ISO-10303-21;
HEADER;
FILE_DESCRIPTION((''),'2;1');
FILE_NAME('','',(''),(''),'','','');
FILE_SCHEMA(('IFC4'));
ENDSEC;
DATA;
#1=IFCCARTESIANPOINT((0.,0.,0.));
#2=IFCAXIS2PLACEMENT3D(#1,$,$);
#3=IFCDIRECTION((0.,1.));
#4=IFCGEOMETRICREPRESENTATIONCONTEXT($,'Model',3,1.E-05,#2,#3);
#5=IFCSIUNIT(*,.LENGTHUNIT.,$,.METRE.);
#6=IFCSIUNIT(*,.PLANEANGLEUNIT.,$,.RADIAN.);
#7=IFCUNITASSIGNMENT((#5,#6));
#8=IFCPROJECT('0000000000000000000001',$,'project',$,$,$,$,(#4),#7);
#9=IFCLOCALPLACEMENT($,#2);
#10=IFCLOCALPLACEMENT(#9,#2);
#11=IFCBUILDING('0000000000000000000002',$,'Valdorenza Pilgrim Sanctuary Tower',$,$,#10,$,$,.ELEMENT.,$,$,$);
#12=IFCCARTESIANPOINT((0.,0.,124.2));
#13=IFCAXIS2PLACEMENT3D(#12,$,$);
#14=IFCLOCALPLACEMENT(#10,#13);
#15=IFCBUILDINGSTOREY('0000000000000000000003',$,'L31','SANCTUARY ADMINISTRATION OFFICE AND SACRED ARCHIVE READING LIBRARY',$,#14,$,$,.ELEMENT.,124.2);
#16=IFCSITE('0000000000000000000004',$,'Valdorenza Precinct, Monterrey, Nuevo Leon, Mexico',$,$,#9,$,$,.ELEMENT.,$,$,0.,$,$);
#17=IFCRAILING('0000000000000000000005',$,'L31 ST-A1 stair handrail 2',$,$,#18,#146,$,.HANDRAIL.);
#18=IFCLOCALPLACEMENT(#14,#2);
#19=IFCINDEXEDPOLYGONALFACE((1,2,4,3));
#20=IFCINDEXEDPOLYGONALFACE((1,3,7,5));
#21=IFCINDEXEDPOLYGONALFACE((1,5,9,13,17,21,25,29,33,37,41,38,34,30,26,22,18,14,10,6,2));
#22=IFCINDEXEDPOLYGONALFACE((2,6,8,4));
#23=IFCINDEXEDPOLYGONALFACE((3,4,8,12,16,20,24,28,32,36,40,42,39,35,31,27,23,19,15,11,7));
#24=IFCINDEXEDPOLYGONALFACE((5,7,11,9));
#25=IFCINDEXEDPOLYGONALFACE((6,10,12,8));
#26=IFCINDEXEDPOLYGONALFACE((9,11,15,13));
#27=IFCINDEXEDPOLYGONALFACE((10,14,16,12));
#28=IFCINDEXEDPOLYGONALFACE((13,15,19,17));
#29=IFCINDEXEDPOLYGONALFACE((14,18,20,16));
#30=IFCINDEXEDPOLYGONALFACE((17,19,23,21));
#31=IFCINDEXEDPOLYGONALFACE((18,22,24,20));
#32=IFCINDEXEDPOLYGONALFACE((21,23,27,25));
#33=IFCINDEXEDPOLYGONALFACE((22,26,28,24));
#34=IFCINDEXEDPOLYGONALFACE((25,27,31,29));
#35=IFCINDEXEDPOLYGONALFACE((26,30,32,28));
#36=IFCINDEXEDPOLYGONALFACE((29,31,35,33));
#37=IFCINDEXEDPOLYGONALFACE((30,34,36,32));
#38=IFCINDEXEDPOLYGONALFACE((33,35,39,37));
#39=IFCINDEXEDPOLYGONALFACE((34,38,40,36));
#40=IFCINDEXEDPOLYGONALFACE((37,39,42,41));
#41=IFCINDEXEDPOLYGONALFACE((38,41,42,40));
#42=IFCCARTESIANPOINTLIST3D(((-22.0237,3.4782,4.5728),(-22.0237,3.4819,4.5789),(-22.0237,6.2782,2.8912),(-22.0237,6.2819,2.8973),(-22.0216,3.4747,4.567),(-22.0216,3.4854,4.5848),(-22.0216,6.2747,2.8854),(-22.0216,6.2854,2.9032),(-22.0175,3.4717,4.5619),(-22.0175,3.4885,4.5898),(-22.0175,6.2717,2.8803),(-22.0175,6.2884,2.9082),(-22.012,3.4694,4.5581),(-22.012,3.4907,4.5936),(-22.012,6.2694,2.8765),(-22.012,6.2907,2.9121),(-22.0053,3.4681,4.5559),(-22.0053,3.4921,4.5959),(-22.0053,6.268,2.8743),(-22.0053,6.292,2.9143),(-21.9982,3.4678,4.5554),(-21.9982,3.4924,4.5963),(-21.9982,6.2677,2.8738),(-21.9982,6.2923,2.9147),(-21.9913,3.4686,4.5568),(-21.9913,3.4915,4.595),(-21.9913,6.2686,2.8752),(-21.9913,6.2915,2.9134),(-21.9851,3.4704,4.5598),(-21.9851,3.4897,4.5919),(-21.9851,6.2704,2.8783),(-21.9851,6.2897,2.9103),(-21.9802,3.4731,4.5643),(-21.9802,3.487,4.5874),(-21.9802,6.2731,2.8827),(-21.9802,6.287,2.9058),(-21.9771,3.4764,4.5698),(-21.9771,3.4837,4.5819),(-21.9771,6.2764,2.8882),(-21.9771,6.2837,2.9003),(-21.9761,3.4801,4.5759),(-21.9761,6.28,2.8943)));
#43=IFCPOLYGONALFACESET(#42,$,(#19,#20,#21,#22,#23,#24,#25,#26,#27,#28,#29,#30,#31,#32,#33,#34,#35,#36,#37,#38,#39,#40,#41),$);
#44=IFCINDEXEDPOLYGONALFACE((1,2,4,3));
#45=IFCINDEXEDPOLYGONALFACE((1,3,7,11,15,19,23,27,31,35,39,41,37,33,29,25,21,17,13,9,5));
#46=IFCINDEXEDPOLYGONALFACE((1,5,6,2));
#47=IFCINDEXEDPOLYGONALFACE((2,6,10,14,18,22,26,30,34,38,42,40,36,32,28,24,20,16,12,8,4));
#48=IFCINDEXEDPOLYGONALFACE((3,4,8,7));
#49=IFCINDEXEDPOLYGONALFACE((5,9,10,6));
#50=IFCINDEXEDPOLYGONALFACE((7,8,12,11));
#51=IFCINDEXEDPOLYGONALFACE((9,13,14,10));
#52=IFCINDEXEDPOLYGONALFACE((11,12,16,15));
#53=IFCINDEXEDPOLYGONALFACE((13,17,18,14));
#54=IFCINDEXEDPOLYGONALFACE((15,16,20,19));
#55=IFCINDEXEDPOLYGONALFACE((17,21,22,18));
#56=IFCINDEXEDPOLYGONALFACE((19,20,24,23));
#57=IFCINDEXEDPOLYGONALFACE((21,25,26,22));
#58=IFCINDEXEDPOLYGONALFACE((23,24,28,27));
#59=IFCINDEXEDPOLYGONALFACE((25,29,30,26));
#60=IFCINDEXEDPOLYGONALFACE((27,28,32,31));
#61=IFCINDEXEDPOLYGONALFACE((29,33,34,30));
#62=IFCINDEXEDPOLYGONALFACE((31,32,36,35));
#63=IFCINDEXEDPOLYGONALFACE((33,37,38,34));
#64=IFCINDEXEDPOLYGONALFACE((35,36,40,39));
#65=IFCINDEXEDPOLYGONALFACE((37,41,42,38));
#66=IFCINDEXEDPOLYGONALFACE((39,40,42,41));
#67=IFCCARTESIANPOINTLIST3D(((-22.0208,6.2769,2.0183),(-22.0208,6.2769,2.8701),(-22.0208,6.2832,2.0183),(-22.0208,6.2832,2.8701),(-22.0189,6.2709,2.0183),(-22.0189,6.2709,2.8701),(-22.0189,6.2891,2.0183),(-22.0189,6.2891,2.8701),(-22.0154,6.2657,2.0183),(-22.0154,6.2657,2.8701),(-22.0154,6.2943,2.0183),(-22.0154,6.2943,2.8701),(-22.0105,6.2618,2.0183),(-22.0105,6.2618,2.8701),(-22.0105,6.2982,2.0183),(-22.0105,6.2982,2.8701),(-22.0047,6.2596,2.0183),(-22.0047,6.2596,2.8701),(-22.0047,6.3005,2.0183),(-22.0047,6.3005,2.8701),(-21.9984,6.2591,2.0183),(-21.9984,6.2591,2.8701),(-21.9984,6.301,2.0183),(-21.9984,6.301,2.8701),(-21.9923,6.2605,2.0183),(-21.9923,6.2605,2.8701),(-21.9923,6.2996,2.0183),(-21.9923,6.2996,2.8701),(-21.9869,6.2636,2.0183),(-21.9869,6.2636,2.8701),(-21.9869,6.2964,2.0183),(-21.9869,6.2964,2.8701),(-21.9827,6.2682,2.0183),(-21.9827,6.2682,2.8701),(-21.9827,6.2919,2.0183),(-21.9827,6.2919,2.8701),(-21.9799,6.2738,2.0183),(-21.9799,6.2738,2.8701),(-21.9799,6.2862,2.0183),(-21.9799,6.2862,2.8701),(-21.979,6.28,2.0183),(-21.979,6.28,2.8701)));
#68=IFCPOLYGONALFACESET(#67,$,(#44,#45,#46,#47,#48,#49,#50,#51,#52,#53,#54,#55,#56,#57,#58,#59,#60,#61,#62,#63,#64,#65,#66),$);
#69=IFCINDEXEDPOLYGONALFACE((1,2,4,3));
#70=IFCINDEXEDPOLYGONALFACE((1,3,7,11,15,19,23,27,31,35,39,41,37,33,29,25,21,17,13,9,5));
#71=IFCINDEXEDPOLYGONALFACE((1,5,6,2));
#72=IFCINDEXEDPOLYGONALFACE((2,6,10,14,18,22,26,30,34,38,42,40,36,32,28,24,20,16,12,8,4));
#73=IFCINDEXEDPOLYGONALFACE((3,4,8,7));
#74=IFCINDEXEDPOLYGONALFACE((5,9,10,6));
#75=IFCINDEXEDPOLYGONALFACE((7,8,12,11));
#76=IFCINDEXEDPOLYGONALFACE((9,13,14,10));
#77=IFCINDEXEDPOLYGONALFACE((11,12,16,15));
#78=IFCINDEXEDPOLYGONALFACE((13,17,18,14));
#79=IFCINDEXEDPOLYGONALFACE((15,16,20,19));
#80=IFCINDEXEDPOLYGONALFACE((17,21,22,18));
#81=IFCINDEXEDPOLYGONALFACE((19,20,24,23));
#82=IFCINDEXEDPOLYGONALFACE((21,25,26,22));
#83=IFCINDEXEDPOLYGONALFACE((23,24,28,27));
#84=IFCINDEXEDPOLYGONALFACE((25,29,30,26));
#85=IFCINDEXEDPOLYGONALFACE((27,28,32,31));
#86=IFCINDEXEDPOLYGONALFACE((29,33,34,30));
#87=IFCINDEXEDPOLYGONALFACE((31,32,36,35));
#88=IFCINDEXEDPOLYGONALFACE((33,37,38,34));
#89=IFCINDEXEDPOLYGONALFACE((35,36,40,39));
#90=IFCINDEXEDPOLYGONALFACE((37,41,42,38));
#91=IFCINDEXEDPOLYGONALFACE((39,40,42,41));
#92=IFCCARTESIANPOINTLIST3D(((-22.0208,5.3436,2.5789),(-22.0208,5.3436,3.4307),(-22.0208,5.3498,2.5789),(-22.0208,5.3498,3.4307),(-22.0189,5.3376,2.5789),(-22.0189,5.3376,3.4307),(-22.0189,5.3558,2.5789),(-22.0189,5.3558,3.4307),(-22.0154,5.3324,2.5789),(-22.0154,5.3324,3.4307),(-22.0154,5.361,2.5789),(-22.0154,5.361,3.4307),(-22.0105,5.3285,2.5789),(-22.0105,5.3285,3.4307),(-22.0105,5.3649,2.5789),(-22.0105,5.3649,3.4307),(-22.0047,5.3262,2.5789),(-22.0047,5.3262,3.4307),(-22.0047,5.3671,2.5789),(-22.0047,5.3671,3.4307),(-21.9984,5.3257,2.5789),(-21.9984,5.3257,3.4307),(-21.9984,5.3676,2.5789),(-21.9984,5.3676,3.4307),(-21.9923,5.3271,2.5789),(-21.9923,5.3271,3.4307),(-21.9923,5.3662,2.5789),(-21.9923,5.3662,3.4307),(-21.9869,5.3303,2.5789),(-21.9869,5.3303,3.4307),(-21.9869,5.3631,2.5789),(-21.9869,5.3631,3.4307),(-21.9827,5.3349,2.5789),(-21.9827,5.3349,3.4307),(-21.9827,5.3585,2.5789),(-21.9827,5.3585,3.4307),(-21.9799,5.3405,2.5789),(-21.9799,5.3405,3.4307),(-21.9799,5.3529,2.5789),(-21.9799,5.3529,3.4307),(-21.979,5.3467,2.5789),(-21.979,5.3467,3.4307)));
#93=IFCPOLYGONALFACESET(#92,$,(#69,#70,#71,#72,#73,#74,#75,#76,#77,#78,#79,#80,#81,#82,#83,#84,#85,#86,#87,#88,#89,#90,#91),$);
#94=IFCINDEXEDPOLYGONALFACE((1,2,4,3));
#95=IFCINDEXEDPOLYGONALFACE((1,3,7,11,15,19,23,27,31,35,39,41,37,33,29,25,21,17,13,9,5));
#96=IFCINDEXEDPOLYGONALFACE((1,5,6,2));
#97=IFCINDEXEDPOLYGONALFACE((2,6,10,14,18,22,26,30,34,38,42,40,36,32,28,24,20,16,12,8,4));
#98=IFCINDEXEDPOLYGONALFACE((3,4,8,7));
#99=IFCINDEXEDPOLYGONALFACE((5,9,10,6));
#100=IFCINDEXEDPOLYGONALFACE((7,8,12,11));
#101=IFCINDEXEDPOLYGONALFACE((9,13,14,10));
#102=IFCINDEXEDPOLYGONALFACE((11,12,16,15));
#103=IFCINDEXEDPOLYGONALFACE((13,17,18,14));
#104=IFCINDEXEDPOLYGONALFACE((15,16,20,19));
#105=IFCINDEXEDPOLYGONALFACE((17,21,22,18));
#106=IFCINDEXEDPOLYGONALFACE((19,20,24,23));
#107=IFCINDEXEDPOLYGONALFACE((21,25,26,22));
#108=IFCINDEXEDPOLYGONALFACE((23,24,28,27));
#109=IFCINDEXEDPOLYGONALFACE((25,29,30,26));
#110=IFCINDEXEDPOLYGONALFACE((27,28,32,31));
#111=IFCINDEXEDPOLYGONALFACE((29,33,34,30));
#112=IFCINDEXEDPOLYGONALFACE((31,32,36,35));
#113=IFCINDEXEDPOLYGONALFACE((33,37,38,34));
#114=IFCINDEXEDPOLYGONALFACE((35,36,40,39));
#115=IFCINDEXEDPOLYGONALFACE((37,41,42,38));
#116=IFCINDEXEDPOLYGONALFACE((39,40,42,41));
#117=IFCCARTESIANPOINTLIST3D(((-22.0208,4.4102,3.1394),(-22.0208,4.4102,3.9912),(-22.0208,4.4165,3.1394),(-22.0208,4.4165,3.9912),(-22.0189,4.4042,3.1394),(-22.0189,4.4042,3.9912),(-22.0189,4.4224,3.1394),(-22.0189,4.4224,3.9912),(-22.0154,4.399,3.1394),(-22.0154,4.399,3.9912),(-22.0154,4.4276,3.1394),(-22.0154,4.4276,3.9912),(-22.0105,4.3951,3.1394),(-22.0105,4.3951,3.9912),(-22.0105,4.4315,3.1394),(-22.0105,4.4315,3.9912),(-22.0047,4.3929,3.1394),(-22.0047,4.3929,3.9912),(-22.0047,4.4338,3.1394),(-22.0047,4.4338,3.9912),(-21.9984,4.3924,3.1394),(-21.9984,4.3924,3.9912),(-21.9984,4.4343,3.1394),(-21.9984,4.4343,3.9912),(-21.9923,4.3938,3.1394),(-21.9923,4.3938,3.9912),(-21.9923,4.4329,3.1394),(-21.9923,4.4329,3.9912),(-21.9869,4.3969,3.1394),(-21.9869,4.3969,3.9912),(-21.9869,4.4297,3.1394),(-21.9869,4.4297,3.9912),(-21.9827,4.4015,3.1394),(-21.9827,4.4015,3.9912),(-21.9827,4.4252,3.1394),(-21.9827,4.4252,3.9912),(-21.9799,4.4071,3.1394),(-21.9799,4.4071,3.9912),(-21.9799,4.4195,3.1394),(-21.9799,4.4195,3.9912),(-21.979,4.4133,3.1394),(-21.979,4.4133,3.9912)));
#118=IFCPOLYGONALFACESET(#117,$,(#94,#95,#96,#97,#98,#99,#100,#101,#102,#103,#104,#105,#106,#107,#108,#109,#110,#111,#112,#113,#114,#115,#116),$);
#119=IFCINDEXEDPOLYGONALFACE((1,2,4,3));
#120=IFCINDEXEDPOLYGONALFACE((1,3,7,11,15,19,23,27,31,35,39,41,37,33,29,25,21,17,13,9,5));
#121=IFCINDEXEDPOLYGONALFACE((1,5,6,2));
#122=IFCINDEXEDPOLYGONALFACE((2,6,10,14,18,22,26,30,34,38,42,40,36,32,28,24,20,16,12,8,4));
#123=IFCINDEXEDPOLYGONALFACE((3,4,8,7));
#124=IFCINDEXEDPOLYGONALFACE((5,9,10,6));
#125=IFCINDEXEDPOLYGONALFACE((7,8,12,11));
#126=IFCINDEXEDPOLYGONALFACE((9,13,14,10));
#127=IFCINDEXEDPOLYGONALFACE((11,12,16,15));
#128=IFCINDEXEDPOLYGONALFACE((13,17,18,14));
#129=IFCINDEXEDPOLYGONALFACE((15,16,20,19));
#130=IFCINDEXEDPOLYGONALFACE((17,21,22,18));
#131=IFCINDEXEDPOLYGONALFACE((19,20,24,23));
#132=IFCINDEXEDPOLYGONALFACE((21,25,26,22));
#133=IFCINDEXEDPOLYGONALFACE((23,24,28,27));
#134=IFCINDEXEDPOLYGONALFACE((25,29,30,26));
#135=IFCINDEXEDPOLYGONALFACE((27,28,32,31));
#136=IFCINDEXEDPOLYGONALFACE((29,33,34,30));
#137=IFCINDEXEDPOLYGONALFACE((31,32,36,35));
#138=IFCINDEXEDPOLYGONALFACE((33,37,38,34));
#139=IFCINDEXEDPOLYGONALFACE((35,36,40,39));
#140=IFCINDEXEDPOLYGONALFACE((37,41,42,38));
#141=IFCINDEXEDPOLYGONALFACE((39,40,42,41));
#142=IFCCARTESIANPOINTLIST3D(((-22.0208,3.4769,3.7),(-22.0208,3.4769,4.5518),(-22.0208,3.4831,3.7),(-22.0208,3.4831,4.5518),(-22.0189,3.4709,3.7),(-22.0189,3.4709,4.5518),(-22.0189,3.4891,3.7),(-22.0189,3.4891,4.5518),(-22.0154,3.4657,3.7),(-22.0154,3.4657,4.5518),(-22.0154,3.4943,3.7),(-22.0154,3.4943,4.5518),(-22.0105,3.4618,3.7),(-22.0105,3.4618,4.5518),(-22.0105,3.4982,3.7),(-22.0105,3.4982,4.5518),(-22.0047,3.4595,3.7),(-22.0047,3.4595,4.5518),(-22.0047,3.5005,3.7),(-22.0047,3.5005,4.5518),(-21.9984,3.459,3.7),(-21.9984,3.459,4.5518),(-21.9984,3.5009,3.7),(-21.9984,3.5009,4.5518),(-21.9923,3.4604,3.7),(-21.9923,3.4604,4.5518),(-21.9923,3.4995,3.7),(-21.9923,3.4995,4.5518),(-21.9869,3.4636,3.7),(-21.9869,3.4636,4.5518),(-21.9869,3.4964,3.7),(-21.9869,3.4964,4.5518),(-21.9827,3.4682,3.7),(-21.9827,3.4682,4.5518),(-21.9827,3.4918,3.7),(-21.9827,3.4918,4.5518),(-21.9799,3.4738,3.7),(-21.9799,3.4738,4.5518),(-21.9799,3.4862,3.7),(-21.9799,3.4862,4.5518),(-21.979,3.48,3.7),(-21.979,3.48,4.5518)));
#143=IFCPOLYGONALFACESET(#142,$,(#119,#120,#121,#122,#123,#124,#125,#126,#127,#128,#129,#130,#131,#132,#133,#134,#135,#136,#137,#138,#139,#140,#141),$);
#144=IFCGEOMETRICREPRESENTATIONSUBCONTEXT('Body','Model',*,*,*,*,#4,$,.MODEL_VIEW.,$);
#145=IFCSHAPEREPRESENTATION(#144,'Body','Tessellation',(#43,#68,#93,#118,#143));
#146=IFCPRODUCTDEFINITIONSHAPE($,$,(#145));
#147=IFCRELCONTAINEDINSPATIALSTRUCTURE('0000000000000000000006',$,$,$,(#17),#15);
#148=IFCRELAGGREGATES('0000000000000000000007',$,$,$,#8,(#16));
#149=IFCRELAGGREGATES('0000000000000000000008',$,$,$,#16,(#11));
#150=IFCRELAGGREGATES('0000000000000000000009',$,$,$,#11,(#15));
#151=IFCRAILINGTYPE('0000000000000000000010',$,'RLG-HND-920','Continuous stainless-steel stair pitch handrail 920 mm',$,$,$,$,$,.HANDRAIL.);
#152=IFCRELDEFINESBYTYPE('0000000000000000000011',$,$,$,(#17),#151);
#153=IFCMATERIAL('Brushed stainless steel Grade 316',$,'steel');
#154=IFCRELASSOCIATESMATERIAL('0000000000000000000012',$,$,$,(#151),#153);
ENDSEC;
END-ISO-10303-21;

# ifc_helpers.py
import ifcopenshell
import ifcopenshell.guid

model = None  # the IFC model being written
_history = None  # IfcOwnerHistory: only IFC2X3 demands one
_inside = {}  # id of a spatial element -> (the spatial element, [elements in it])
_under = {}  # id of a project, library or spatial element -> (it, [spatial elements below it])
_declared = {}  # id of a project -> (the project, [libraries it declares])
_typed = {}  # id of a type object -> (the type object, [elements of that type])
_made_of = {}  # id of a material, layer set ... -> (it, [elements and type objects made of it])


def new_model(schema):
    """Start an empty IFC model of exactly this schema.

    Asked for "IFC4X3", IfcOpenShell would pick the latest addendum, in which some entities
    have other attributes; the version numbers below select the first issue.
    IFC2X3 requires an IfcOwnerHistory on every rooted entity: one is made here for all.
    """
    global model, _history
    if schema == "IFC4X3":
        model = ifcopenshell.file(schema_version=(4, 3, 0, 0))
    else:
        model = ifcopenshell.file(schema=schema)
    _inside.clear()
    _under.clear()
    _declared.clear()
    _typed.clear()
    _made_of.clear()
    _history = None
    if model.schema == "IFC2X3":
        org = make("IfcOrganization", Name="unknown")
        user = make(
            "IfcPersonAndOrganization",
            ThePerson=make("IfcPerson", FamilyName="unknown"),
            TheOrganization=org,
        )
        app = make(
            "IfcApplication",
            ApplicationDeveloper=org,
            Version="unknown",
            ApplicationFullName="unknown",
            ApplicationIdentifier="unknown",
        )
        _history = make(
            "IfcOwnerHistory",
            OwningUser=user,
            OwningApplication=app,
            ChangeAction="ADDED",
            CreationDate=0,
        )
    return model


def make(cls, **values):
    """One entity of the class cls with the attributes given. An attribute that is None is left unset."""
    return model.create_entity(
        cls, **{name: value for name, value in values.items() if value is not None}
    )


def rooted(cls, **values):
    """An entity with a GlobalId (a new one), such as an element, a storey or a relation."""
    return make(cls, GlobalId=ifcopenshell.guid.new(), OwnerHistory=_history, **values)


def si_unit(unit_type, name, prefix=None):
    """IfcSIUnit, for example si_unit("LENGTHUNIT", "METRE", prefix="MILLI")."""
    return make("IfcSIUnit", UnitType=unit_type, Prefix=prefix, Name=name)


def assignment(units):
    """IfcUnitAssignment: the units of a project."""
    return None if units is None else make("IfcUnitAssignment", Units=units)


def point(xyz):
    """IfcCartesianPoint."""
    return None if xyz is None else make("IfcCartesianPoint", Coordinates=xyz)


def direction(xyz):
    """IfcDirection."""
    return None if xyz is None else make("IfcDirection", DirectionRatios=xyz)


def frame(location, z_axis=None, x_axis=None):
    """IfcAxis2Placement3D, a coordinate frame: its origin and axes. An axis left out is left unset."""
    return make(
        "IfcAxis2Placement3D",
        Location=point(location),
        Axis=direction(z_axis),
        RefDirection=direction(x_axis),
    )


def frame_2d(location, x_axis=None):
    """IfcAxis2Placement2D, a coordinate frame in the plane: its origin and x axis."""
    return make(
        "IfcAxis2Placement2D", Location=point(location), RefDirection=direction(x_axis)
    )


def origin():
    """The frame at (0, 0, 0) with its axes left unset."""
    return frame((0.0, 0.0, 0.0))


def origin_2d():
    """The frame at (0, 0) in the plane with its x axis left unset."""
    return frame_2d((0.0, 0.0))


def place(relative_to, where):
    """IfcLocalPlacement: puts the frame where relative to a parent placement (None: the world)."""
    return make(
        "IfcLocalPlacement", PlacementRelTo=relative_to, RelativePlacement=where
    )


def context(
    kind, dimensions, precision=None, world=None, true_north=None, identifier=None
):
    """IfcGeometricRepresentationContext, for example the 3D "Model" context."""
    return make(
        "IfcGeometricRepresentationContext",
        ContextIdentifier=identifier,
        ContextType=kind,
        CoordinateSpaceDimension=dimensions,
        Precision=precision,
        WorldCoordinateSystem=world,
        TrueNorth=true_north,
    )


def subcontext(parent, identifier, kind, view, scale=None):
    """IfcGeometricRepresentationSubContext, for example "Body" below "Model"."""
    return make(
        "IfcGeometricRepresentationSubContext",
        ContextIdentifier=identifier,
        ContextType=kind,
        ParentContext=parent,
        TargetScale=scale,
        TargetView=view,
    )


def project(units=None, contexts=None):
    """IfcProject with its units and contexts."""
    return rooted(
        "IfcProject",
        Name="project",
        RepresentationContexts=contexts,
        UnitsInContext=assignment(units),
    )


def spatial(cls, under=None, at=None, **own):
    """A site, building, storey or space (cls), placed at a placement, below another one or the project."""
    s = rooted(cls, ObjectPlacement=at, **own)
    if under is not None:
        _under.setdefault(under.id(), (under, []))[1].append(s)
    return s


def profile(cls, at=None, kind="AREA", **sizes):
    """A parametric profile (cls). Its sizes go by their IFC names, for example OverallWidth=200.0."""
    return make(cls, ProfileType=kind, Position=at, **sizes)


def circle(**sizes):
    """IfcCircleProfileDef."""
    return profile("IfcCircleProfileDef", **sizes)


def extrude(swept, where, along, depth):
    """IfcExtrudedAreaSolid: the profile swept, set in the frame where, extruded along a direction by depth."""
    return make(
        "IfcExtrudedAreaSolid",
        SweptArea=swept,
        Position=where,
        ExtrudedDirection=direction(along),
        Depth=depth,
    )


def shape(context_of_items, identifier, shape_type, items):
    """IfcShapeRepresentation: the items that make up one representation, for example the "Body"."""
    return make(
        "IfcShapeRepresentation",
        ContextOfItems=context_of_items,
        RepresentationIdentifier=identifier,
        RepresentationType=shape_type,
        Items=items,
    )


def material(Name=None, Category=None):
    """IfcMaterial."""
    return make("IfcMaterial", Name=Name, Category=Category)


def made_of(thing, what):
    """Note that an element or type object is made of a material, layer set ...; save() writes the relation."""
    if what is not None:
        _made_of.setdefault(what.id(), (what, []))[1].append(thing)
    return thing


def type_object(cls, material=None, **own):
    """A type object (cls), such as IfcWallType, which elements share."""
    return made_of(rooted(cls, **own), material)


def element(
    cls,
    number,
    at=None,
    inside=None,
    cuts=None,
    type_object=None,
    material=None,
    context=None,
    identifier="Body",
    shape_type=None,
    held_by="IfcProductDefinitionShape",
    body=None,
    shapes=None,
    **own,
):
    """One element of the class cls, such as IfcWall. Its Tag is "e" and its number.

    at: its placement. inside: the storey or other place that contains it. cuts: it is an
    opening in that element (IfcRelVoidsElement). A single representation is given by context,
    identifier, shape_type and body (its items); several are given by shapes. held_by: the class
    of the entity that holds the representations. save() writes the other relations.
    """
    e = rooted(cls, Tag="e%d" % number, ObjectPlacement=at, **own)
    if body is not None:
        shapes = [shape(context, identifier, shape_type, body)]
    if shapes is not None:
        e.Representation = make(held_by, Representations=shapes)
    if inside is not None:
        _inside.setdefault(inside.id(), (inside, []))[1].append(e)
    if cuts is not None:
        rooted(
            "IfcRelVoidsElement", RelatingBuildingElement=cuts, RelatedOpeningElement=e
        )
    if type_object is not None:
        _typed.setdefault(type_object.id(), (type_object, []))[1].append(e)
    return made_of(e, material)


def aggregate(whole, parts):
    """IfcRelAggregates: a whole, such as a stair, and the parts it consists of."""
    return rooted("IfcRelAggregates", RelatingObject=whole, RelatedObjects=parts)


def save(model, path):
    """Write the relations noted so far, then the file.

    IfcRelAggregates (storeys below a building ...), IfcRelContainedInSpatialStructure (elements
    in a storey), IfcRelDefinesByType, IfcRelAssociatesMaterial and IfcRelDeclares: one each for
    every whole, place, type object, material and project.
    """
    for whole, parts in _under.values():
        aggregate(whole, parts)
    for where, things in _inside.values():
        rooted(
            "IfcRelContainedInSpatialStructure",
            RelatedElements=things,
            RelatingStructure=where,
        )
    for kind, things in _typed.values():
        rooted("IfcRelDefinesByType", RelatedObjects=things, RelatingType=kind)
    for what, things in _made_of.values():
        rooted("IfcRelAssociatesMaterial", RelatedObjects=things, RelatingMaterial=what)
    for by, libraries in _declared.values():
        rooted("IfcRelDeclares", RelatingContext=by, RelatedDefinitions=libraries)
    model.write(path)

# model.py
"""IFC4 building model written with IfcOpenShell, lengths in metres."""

from ifc_helpers import new_model, si_unit, direction, frame, origin, origin_2d, place, context, subcontext, project, spatial, circle, extrude, material, type_object, element, save


model = new_model("IFC4")

# Units and contexts
model_context = context("Model", 3, precision=1e-05, world=origin(), true_north=direction((0.0, 1.0)))
body_context = subcontext(model_context, "Body", "Model", "MODEL_VIEW")
ifc_project = project(units=[si_unit("LENGTHUNIT", "METRE"), si_unit("PLANEANGLEUNIT", "RADIAN")], contexts=[model_context])

# Site, building, storey
site_placement = place(None, origin())
site = spatial("IfcSite", under=ifc_project, at=site_placement, Name="Valdorenza Precinct, Monterrey, Nuevo Leon, Mexico", CompositionType="ELEMENT", RefElevation=0.0)
building_placement = place(site_placement, origin())
building = spatial("IfcBuilding", under=site, at=building_placement, Name="Valdorenza Pilgrim Sanctuary Tower", CompositionType="ELEMENT")
storey_placement = place(building_placement, frame((0.0, 0.0, 124.2)))
storey = spatial("IfcBuildingStorey", under=building, at=storey_placement, Name="L31", Description="SANCTUARY ADMINISTRATION OFFICE AND SACRED ARCHIVE READING LIBRARY", CompositionType="ELEMENT", Elevation=124.2)

# Railing
ifc_material_1 = material(Name="Brushed stainless steel Grade 316", Category="steel")
railing_type_1 = type_object("IfcRailingType", Name="RLG-HND-920", Description="Continuous stainless-steel stair pitch handrail 920 mm", PredefinedType="HANDRAIL", material=ifc_material_1)
railing_1_placement = place(storey_placement, frame((-22.0, 6.28, 2.0183)))
element("IfcRailing", 1, at=railing_1_placement, inside=storey, type_object=railing_type_1, Name="L31 ST-A1 stair handrail 2", PredefinedType="HANDRAIL", context=body_context, shape_type="SweptSolid", body=[
    extrude(circle(Radius=0.0239, at=origin_2d()), frame((0.0, 0.0, 0.876), z_axis=(0.0, -0.857275, 0.514858), x_axis=(1.0, 0.0, 0.0)), (0.0, 0.0, 1.0), 3.2661),
    extrude(circle(Radius=0.021, at=origin_2d()), origin(), (0.0, 0.0, 1.0), 0.8518),
    extrude(circle(Radius=0.021, at=origin_2d()), frame((0.0, -0.9333, 0.5605)), (0.0, 0.0, 1.0), 0.8518),
    extrude(circle(Radius=0.021, at=origin_2d()), frame((0.0, -1.8667, 1.1211)), (0.0, 0.0, 1.0), 0.8518),
    extrude(circle(Radius=0.021, at=origin_2d()), frame((0.0, -2.8, 1.6816)), (0.0, 0.0, 1.0), 0.8518),
])

save(model, "model.ifc")
